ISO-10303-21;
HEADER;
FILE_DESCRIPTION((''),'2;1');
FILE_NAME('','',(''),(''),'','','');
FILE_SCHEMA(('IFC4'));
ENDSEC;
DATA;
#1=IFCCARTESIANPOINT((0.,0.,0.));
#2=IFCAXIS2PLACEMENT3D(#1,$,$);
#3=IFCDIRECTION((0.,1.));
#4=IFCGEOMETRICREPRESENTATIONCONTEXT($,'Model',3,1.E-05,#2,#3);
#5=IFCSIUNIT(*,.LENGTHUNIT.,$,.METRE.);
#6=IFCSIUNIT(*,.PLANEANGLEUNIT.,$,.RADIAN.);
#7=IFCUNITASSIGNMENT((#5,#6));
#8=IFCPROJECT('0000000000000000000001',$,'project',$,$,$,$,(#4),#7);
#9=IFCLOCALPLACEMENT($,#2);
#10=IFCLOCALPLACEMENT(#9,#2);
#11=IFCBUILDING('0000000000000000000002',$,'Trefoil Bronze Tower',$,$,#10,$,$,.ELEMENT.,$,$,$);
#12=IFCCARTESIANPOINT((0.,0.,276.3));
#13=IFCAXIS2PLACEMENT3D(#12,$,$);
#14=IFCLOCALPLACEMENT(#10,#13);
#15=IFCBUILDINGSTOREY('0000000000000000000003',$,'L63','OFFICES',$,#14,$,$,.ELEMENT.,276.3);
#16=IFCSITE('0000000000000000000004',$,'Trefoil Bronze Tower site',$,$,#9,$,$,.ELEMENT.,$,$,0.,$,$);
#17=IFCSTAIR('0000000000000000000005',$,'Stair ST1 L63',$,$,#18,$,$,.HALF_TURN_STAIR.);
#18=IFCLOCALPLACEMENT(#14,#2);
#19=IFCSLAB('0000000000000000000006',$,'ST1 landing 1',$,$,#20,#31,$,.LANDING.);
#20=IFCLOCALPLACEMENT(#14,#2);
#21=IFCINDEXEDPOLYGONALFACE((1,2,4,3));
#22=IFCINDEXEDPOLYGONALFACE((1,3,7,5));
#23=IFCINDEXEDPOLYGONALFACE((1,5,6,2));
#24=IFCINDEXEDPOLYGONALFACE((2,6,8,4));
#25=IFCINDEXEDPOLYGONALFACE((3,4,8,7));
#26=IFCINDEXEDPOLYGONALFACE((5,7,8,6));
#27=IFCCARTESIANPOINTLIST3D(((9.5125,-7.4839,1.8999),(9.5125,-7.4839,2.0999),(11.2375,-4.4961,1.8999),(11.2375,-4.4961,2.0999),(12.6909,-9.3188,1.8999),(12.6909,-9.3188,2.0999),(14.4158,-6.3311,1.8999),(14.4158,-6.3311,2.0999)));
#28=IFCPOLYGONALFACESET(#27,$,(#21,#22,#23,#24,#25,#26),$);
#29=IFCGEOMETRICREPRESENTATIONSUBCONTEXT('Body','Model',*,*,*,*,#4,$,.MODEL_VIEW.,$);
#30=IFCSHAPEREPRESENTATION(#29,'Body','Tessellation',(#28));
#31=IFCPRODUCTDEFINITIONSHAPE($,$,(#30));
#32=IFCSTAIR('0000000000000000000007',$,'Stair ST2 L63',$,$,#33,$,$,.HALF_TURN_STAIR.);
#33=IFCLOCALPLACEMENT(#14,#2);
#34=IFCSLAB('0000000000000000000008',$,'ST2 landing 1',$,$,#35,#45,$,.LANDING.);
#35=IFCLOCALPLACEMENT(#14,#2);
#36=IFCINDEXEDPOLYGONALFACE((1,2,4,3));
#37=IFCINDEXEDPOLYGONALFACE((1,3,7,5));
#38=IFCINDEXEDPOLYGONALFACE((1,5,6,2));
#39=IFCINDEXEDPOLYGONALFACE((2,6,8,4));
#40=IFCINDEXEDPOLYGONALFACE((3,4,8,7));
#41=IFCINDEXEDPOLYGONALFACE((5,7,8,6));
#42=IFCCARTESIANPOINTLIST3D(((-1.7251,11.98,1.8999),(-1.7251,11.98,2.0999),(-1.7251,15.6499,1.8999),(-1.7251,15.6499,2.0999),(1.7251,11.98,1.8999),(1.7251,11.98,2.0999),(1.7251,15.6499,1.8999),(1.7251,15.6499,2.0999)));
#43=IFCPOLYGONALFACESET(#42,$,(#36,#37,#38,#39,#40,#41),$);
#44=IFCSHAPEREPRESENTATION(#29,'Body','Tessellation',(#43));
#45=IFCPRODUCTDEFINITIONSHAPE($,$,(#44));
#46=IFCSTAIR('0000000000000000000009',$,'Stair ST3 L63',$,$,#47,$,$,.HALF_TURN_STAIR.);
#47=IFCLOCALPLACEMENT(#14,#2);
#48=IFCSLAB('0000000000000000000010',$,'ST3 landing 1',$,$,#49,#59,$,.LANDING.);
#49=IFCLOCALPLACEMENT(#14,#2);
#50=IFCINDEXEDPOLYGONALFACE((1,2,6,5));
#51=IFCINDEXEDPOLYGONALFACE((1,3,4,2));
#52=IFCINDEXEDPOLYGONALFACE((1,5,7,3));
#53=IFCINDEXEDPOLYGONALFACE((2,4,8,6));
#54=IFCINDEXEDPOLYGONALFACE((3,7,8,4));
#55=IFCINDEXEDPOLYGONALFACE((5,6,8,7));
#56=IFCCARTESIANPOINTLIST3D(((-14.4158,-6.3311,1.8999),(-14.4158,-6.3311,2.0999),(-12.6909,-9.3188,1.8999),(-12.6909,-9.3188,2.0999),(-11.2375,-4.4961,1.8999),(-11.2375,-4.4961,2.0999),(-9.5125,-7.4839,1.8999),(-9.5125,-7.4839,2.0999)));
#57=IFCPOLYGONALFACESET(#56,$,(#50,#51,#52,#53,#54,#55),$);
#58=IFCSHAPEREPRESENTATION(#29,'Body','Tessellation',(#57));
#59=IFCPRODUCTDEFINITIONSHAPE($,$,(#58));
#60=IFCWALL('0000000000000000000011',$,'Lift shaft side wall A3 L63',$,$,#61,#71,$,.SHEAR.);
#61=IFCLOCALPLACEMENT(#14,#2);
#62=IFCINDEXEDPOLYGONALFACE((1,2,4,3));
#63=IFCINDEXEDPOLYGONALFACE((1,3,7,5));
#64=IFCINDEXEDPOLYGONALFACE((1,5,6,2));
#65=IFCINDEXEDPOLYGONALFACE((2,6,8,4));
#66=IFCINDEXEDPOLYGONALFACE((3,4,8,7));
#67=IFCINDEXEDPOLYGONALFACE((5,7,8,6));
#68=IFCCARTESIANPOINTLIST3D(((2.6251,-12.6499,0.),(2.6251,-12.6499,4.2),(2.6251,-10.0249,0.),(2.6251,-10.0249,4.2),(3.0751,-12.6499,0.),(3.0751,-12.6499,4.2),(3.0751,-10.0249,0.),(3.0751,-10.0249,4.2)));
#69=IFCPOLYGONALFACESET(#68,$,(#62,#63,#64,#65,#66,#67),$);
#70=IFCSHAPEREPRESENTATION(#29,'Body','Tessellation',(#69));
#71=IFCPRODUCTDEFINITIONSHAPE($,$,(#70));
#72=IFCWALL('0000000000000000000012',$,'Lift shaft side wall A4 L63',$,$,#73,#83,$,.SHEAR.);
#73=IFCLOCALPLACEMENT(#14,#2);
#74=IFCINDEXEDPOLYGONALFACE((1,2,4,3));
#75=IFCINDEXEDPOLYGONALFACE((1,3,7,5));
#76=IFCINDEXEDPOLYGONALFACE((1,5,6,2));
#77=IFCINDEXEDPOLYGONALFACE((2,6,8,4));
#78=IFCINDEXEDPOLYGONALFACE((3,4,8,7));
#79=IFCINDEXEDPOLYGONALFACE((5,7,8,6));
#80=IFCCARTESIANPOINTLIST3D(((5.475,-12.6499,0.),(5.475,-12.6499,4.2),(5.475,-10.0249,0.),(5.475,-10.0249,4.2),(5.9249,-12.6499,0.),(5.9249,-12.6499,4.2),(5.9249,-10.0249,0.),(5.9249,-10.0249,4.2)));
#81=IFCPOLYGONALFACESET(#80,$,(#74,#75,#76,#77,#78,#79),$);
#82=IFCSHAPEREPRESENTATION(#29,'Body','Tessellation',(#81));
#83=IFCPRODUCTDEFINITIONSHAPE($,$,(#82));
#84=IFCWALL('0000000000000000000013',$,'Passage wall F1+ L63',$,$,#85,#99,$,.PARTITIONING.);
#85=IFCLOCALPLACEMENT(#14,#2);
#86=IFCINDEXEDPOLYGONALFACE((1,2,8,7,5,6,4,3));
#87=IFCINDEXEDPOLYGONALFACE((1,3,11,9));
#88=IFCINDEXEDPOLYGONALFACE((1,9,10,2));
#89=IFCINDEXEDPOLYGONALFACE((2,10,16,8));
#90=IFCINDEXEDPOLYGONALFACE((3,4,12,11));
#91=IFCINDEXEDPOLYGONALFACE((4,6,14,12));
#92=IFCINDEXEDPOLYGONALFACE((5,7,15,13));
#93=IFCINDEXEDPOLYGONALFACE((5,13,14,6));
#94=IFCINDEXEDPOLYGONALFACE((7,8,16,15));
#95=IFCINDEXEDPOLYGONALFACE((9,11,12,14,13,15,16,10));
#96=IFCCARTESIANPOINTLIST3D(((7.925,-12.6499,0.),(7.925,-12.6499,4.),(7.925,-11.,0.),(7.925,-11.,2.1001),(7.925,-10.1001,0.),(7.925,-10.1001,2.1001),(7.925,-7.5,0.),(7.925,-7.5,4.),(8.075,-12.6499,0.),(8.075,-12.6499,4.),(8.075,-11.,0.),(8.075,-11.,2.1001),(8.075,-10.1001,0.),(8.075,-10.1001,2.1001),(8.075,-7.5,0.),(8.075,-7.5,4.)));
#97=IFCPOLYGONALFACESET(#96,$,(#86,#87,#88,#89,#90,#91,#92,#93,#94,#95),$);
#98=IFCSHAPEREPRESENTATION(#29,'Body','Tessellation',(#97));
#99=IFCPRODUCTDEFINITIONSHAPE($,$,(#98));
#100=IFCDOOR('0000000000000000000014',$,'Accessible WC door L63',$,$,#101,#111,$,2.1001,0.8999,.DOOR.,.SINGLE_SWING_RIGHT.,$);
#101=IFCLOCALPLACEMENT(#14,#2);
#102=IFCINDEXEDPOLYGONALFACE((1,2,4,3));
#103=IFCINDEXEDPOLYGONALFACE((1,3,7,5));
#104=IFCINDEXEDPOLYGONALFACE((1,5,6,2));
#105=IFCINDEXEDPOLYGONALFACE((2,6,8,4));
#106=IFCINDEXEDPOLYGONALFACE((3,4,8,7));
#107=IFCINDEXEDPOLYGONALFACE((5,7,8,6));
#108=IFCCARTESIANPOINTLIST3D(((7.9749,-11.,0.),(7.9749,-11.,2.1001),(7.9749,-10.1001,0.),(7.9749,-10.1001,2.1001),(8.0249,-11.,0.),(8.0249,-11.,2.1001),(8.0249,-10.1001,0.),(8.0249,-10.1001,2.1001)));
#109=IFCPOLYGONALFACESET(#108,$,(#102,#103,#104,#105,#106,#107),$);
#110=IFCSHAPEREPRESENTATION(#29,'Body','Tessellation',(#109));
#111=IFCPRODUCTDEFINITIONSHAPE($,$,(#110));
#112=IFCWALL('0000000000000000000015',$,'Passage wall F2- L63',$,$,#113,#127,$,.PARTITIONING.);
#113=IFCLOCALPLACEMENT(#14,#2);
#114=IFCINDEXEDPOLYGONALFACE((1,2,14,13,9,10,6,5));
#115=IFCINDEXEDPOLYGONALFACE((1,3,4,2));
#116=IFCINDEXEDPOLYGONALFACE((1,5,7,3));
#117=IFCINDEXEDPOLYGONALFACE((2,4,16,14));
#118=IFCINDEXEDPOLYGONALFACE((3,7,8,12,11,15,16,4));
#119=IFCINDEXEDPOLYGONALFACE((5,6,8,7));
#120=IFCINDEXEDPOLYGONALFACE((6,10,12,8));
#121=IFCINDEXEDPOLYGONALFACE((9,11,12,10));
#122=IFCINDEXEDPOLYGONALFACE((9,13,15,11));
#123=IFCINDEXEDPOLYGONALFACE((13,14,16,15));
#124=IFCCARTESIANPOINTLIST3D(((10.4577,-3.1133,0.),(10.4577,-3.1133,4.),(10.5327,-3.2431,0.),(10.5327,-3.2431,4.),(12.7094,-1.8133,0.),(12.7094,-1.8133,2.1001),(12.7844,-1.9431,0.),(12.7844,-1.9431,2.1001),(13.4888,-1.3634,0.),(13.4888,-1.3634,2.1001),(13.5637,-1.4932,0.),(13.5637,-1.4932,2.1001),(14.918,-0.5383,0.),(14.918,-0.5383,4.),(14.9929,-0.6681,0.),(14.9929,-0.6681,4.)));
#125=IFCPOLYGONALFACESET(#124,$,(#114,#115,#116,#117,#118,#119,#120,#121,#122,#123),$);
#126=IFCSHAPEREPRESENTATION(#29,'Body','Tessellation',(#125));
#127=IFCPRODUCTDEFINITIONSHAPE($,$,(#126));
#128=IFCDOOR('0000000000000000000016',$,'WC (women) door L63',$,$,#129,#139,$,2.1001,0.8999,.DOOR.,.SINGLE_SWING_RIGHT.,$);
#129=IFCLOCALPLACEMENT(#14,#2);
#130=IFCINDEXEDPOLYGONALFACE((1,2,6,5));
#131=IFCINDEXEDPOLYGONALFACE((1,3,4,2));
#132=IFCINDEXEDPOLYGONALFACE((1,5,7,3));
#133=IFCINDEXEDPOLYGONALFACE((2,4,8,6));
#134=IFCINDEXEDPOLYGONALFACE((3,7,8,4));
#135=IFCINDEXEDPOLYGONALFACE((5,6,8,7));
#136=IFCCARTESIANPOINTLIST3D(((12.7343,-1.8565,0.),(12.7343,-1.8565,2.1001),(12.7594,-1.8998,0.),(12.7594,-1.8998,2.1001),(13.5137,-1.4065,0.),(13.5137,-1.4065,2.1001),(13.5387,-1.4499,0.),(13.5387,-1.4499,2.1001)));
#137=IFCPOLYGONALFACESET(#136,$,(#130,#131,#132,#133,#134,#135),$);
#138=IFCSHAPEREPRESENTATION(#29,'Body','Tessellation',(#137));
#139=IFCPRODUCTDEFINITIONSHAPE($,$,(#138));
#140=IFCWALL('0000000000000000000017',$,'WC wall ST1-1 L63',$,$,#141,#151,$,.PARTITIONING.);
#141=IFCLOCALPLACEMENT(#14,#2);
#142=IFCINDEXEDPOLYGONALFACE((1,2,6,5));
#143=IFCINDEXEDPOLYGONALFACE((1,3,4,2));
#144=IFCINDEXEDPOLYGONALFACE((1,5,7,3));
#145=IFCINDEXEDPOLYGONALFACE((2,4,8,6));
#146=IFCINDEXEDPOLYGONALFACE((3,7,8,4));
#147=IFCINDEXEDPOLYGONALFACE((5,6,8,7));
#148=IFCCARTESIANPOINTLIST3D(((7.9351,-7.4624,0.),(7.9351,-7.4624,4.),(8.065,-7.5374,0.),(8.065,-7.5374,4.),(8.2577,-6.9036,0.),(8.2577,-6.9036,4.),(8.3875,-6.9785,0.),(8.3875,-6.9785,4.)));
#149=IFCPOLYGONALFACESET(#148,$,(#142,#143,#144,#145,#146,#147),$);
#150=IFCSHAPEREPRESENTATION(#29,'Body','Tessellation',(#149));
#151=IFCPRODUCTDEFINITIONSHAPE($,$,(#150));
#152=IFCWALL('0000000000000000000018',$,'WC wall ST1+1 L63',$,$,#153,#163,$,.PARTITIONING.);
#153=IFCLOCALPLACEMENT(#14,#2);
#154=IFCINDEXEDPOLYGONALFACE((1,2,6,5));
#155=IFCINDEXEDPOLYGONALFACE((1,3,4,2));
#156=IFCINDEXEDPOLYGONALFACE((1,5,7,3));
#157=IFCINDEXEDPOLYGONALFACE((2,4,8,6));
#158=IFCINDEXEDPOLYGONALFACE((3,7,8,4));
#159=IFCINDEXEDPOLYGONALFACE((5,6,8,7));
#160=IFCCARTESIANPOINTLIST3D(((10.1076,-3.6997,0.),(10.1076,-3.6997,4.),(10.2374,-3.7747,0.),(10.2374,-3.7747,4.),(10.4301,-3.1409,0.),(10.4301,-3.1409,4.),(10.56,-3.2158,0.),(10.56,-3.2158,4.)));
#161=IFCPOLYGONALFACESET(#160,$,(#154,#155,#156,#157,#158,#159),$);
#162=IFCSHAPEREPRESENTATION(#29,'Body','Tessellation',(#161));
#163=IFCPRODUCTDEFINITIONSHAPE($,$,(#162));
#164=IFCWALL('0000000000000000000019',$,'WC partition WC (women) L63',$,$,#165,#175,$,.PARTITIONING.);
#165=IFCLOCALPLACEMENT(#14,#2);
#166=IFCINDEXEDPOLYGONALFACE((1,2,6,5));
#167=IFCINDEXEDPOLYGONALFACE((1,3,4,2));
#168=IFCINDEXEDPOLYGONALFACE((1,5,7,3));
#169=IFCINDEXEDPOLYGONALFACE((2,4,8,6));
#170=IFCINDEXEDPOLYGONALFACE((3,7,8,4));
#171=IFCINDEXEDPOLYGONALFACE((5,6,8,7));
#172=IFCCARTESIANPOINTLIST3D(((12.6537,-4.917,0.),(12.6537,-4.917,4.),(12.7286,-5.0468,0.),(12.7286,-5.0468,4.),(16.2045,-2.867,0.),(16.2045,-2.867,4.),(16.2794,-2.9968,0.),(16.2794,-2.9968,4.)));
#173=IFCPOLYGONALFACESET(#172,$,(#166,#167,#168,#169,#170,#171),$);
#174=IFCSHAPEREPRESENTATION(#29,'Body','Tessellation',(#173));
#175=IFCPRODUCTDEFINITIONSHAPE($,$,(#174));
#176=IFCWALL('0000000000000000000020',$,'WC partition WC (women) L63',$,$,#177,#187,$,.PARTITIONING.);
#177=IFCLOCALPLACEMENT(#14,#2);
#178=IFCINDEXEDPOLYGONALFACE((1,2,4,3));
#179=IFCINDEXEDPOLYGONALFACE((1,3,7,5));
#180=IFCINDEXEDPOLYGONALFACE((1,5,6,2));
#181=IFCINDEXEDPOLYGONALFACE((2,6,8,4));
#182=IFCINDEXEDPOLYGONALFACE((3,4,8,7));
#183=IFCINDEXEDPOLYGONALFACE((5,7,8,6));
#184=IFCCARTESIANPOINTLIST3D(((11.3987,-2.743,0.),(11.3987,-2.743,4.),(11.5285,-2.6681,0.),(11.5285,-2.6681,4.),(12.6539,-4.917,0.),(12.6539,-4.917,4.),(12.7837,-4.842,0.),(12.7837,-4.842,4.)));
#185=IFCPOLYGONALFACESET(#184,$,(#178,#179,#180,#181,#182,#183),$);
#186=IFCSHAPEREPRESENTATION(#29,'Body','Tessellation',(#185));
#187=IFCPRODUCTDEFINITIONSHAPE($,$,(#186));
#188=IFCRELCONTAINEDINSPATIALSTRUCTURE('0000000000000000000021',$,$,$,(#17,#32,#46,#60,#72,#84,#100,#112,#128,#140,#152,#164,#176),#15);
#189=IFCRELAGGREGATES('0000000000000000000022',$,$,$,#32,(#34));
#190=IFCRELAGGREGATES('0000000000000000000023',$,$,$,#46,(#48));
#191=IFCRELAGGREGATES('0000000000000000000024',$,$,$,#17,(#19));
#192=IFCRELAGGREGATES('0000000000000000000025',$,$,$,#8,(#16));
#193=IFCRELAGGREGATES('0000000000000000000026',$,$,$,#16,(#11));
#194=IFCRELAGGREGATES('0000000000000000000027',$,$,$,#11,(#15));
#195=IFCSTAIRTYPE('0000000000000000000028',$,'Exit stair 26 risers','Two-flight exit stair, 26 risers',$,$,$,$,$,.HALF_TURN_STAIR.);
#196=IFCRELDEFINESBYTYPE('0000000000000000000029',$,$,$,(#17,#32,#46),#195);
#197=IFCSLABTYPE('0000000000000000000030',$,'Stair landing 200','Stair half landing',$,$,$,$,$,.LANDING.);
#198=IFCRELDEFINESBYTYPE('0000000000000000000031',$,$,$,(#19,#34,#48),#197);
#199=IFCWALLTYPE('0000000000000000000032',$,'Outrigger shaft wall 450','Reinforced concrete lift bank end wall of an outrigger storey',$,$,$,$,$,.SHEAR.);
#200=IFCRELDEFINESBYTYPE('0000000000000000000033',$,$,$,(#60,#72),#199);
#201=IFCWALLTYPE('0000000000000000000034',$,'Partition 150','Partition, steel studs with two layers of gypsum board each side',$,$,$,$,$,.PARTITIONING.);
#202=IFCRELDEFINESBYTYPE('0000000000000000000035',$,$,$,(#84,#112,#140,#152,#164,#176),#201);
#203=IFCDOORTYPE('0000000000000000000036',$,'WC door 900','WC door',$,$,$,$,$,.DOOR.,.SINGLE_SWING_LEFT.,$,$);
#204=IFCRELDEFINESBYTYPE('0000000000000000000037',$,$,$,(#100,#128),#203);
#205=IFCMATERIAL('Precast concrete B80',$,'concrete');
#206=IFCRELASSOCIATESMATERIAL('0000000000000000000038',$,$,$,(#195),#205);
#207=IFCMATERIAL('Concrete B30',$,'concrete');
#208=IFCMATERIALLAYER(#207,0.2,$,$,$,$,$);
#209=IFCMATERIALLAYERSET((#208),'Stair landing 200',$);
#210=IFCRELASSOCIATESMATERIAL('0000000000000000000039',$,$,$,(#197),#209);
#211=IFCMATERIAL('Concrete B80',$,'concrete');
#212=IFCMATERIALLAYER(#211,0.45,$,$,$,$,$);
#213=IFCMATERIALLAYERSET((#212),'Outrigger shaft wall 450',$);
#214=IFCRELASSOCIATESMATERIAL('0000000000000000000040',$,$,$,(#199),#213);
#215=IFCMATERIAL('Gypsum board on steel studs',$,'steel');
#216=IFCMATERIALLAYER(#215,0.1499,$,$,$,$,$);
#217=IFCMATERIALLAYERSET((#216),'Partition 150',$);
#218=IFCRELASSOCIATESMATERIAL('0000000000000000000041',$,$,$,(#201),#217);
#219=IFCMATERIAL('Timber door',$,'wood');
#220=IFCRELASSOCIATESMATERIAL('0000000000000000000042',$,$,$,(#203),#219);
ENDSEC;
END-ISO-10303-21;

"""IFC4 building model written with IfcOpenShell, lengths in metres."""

from ifc_helpers import new_model, si_unit, direction, frame, frame_2d, origin, place, context, subcontext, project, spatial, polyline, rectangle, outline, extrude, material, layer, layer_set, type_object, element, fill, aggregate, save


model = new_model("IFC4")

# Units and contexts
model_context = context("Model", 3, precision=1e-05, world=origin(), true_north=direction((0.0, 1.0)))
body_context = subcontext(model_context, "Body", "Model", "MODEL_VIEW")
ifc_project = project(units=[si_unit("LENGTHUNIT", "METRE"), si_unit("PLANEANGLEUNIT", "RADIAN")], contexts=[model_context])

# Site, building, storey
site_placement = place(None, origin())
site = spatial("IfcSite", under=ifc_project, at=site_placement, Name="Trefoil Bronze Tower site", CompositionType="ELEMENT", RefElevation=0.0)
building_placement = place(site_placement, origin())
building = spatial("IfcBuilding", under=site, at=building_placement, Name="Trefoil Bronze Tower", CompositionType="ELEMENT")
storey_placement = place(building_placement, frame((0.0, 0.0, 276.3)))
storey = spatial("IfcBuildingStorey", under=building, at=storey_placement, Name="L63", Description="OFFICES", CompositionType="ELEMENT", Elevation=276.3)

# Stairs, slabs
ifc_material_1 = material(Name="Precast concrete B80", Category="concrete")
stair_type = type_object("IfcStairType", Name="Exit stair 26 risers", Description="Two-flight exit stair, 26 risers", PredefinedType="HALF_TURN_STAIR", material=ifc_material_1)
stair_1_placement = place(storey_placement, origin())
stair_1 = element("IfcStair", 1, at=stair_1_placement, inside=storey, type_object=stair_type, Name="Stair ST1 L63", PredefinedType="HALF_TURN_STAIR")
ifc_material_2 = material(Name="Concrete B30", Category="concrete")
ifc_layer_1 = layer(ifc_material_2, 0.2)
ifc_layer_set_1 = layer_set([ifc_layer_1], Name="Stair landing 200")
slab_type = type_object("IfcSlabType", Name="Stair landing 200", Description="Stair half landing", PredefinedType="LANDING", material=ifc_layer_set_1)
slab_1_placement = place(storey_placement, frame((0.0, 0.0, 1.8999)))
slab_1 = element("IfcSlab", 2, at=slab_1_placement, type_object=slab_type, Name="ST1 landing 1", PredefinedType="LANDING", context=body_context, shape_type="SweptSolid", body=[
    extrude(outline(polyline([(9.5125, -7.4839), (12.6909, -9.3188), (14.4158, -6.3311), (11.2375, -4.4961), (9.5125, -7.4839)])), origin(), (0.0, 0.0, 1.0), 0.2),
])
stair_2_placement = place(storey_placement, origin())
stair_2 = element("IfcStair", 3, at=stair_2_placement, inside=storey, type_object=stair_type, Name="Stair ST2 L63", PredefinedType="HALF_TURN_STAIR")
slab_2_placement = place(storey_placement, frame((0.0, 0.0, 1.8999)))
slab_2 = element("IfcSlab", 4, at=slab_2_placement, type_object=slab_type, Name="ST2 landing 1", PredefinedType="LANDING", context=body_context, shape_type="SweptSolid", body=[
    extrude(outline(polyline([(1.7251, 11.98), (1.7251, 15.6499), (-1.7251, 15.6499), (-1.7251, 11.98), (1.7251, 11.98)])), origin(), (0.0, 0.0, 1.0), 0.2),
])
aggregate(stair_2, [slab_2])
stair_3_placement = place(storey_placement, origin())
stair_3 = element("IfcStair", 5, at=stair_3_placement, inside=storey, type_object=stair_type, Name="Stair ST3 L63", PredefinedType="HALF_TURN_STAIR")
slab_3_placement = place(storey_placement, frame((0.0, 0.0, 1.8999)))
slab_3 = element("IfcSlab", 6, at=slab_3_placement, type_object=slab_type, Name="ST3 landing 1", PredefinedType="LANDING", context=body_context, shape_type="SweptSolid", body=[
    extrude(outline(polyline([(-11.2375, -4.4961), (-14.4158, -6.3311), (-12.6909, -9.3188), (-9.5125, -7.4839), (-11.2375, -4.4961)])), origin(), (0.0, 0.0, 1.0), 0.2),
])
aggregate(stair_3, [slab_3])

# Walls
ifc_material_3 = material(Name="Concrete B80", Category="concrete")
ifc_layer_2 = layer(ifc_material_3, 0.45)
ifc_layer_set_2 = layer_set([ifc_layer_2], Name="Outrigger shaft wall 450")
wall_type_1 = type_object("IfcWallType", Name="Outrigger shaft wall 450", Description="Reinforced concrete lift bank end wall of an outrigger storey", PredefinedType="SHEAR", material=ifc_layer_set_2)
for number, where, z_axis, x_axis, name in (
    (7, (2.8501, -10.0249, 0.0), (0.0, 0.0, 1.0), (0.0, -1.0, 0.0), "Lift shaft side wall A3 L63"),
    (8, (5.7, -10.0249, 0.0), (0.0, 0.0, 1.0), (0.0, -1.0, 0.0), "Lift shaft side wall A4 L63"),
):
    element("IfcWall", number, at=place(storey_placement, frame(where, z_axis=z_axis, x_axis=x_axis)), inside=storey, type_object=wall_type_1, Name=name, PredefinedType="SHEAR", context=body_context, shape_type="SweptSolid", body=[
        extrude(rectangle(XDim=2.625, YDim=0.45, at=frame_2d((1.3125, 0.0))), origin(), (0.0, 0.0, 1.0), 4.2),
    ])

# Walls, openings, doors
ifc_material_4 = material(Name="Gypsum board on steel studs", Category="steel")
ifc_layer_3 = layer(ifc_material_4, 0.1499)
ifc_layer_set_3 = layer_set([ifc_layer_3], Name="Partition 150")
wall_type_2 = type_object("IfcWallType", Name="Partition 150", Description="Partition, steel studs with two layers of gypsum board each side", PredefinedType="PARTITIONING", material=ifc_layer_set_3)
wall_1_placement = place(storey_placement, frame((8.0, -7.5, 0.0), z_axis=(0.0, 0.0, 1.0), x_axis=(0.0, -1.0, 0.0)))
wall_1 = element("IfcWall", 9, at=wall_1_placement, inside=storey, type_object=wall_type_2, Name="Passage wall F1+ L63", PredefinedType="PARTITIONING", context=body_context, shape_type="SweptSolid", body=[
    extrude(rectangle(XDim=5.1499, YDim=0.1499, at=frame_2d((2.575, 0.0))), origin(), (0.0, 0.0, 1.0), 4.0),
])
opening_1_placement = place(wall_1_placement, frame((2.6001, 0.0, 0.0)))
opening_1 = element("IfcOpeningElement", 10, at=opening_1_placement, cuts=wall_1, PredefinedType="OPENING", context=body_context, shape_type="SweptSolid", body=[
    extrude(rectangle(XDim=0.8999, YDim=2.1001, at=frame_2d((0.45, 1.05))), frame((0.0, 0.085, 0.0), z_axis=(0.0, -1.0, 0.0), x_axis=(1.0, 0.0, 0.0)), (0.0, 0.0, 1.0), 0.1699),
])
ifc_material_5 = material(Name="Timber door", Category="wood")
door_type_1 = type_object("IfcDoorType", Name="WC door 900", Description="WC door", OperationType="SINGLE_SWING_LEFT", PredefinedType="DOOR", material=ifc_material_5)
door_1_placement = place(opening_1_placement, origin())
door_1 = element("IfcDoor", 11, at=door_1_placement, inside=storey, type_object=door_type_1, Name="Accessible WC door L63", OperationType="SINGLE_SWING_RIGHT", OverallHeight=2.1001, OverallWidth=0.8999, PredefinedType="DOOR", context=body_context, shape_type="SweptSolid", body=[
    extrude(rectangle(XDim=0.8999, YDim=2.1001, at=frame_2d((0.45, 1.05))), frame((0.0, 0.0249, 0.0), z_axis=(0.0, -1.0, 0.0), x_axis=(1.0, 0.0, 0.0)), (0.0, 0.0, 1.0), 0.05),
])
fill(opening_1, door_1)
wall_2_placement = place(storey_placement, frame((10.4951, -3.1782, 0.0), z_axis=(0.0, 0.0, 1.0), x_axis=(0.866038, 0.499978, 0.0)))
wall_2 = element("IfcWall", 12, at=wall_2_placement, inside=storey, type_object=wall_type_2, Name="Passage wall F2- L63", PredefinedType="PARTITIONING", context=body_context, shape_type="SweptSolid", body=[
    extrude(rectangle(XDim=5.1501, YDim=0.1499, at=frame_2d((2.5752, 0.0))), origin(), (0.0, 0.0, 1.0), 4.0),
])
opening_2_placement = place(wall_2_placement, frame((2.6001, 0.0, 0.0)))
opening_2 = element("IfcOpeningElement", 13, at=opening_2_placement, cuts=wall_2, PredefinedType="OPENING", context=body_context, shape_type="SweptSolid", body=[
    extrude(rectangle(XDim=0.8999, YDim=2.1001, at=frame_2d((0.45, 1.05))), frame((0.0, 0.085, 0.0), z_axis=(0.0, -1.0, 0.0), x_axis=(1.0, 0.0, 0.0)), (0.0, 0.0, 1.0), 0.1699),
])
door_2_placement = place(opening_2_placement, frame((0.8999, 0.0, 0.0), z_axis=(0.0, 0.0, 1.0), x_axis=(-1.0, 0.0, 0.0)))
door_2 = element("IfcDoor", 14, at=door_2_placement, inside=storey, type_object=door_type_1, Name="WC (women) door L63", OperationType="SINGLE_SWING_RIGHT", OverallHeight=2.1001, OverallWidth=0.8999, PredefinedType="DOOR", context=body_context, shape_type="SweptSolid", body=[
    extrude(rectangle(XDim=0.8999, YDim=2.1001, at=frame_2d((0.45, 1.05))), frame((0.0, 0.0249, 0.0), z_axis=(0.0, -1.0, 0.0), x_axis=(1.0, 0.0, 0.0)), (0.0, 0.0, 1.0), 0.05),
])
fill(opening_2, door_2)

# Walls
for number, where, z_axis, x_axis, name in (
    (15, (8.0, -7.5, 0.0), (0.0, 0.0, 1.0), (0.499843, 0.866116, 0.0), "WC wall ST1-1 L63"),
    (16, (10.4951, -3.1782, 0.0), (0.0, 0.0, 1.0), (-0.499843, -0.866116, 0.0), "WC wall ST1+1 L63"),
):
    element("IfcWall", number, at=place(storey_placement, frame(where, z_axis=z_axis, x_axis=x_axis)), inside=storey, type_object=wall_type_2, Name=name, PredefinedType="PARTITIONING", context=body_context, shape_type="SweptSolid", body=[
        extrude(rectangle(XDim=0.6453, YDim=0.1499, at=frame_2d((0.3228, 0.0))), origin(), (0.0, 0.0, 1.0), 4.0),
    ])
wall_3_placement = place(storey_placement, frame((12.6912, -4.9819, 0.0), z_axis=(0.0, 0.0, 1.0), x_axis=(0.866025, 0.500001, 0.0)))
element("IfcWall", 17, at=wall_3_placement, inside=storey, type_object=wall_type_2, Name="WC partition WC (women) L63", PredefinedType="PARTITIONING", context=body_context, shape_type="SweptSolid", body=[
    extrude(rectangle(XDim=4.1001, YDim=0.1499, at=frame_2d((2.05, 0.0))), origin(), (0.0, 0.0, 1.0), 4.0),
])
wall_4_placement = place(storey_placement, frame((11.4636, -2.7056, 0.0), z_axis=(0.0, 0.0, 1.0), x_axis=(0.50002, -0.866014, 0.0)))
element("IfcWall", 18, at=wall_4_placement, inside=storey, type_object=wall_type_2, Name="WC partition WC (women) L63", PredefinedType="PARTITIONING", context=body_context, shape_type="SweptSolid", body=[
    extrude(rectangle(XDim=2.5103, YDim=0.1499, at=frame_2d((1.2551, 0.0))), origin(), (0.0, 0.0, 1.0), 4.0),
])

aggregate(stair_1, [slab_1])

save(model, "model.ifc")
